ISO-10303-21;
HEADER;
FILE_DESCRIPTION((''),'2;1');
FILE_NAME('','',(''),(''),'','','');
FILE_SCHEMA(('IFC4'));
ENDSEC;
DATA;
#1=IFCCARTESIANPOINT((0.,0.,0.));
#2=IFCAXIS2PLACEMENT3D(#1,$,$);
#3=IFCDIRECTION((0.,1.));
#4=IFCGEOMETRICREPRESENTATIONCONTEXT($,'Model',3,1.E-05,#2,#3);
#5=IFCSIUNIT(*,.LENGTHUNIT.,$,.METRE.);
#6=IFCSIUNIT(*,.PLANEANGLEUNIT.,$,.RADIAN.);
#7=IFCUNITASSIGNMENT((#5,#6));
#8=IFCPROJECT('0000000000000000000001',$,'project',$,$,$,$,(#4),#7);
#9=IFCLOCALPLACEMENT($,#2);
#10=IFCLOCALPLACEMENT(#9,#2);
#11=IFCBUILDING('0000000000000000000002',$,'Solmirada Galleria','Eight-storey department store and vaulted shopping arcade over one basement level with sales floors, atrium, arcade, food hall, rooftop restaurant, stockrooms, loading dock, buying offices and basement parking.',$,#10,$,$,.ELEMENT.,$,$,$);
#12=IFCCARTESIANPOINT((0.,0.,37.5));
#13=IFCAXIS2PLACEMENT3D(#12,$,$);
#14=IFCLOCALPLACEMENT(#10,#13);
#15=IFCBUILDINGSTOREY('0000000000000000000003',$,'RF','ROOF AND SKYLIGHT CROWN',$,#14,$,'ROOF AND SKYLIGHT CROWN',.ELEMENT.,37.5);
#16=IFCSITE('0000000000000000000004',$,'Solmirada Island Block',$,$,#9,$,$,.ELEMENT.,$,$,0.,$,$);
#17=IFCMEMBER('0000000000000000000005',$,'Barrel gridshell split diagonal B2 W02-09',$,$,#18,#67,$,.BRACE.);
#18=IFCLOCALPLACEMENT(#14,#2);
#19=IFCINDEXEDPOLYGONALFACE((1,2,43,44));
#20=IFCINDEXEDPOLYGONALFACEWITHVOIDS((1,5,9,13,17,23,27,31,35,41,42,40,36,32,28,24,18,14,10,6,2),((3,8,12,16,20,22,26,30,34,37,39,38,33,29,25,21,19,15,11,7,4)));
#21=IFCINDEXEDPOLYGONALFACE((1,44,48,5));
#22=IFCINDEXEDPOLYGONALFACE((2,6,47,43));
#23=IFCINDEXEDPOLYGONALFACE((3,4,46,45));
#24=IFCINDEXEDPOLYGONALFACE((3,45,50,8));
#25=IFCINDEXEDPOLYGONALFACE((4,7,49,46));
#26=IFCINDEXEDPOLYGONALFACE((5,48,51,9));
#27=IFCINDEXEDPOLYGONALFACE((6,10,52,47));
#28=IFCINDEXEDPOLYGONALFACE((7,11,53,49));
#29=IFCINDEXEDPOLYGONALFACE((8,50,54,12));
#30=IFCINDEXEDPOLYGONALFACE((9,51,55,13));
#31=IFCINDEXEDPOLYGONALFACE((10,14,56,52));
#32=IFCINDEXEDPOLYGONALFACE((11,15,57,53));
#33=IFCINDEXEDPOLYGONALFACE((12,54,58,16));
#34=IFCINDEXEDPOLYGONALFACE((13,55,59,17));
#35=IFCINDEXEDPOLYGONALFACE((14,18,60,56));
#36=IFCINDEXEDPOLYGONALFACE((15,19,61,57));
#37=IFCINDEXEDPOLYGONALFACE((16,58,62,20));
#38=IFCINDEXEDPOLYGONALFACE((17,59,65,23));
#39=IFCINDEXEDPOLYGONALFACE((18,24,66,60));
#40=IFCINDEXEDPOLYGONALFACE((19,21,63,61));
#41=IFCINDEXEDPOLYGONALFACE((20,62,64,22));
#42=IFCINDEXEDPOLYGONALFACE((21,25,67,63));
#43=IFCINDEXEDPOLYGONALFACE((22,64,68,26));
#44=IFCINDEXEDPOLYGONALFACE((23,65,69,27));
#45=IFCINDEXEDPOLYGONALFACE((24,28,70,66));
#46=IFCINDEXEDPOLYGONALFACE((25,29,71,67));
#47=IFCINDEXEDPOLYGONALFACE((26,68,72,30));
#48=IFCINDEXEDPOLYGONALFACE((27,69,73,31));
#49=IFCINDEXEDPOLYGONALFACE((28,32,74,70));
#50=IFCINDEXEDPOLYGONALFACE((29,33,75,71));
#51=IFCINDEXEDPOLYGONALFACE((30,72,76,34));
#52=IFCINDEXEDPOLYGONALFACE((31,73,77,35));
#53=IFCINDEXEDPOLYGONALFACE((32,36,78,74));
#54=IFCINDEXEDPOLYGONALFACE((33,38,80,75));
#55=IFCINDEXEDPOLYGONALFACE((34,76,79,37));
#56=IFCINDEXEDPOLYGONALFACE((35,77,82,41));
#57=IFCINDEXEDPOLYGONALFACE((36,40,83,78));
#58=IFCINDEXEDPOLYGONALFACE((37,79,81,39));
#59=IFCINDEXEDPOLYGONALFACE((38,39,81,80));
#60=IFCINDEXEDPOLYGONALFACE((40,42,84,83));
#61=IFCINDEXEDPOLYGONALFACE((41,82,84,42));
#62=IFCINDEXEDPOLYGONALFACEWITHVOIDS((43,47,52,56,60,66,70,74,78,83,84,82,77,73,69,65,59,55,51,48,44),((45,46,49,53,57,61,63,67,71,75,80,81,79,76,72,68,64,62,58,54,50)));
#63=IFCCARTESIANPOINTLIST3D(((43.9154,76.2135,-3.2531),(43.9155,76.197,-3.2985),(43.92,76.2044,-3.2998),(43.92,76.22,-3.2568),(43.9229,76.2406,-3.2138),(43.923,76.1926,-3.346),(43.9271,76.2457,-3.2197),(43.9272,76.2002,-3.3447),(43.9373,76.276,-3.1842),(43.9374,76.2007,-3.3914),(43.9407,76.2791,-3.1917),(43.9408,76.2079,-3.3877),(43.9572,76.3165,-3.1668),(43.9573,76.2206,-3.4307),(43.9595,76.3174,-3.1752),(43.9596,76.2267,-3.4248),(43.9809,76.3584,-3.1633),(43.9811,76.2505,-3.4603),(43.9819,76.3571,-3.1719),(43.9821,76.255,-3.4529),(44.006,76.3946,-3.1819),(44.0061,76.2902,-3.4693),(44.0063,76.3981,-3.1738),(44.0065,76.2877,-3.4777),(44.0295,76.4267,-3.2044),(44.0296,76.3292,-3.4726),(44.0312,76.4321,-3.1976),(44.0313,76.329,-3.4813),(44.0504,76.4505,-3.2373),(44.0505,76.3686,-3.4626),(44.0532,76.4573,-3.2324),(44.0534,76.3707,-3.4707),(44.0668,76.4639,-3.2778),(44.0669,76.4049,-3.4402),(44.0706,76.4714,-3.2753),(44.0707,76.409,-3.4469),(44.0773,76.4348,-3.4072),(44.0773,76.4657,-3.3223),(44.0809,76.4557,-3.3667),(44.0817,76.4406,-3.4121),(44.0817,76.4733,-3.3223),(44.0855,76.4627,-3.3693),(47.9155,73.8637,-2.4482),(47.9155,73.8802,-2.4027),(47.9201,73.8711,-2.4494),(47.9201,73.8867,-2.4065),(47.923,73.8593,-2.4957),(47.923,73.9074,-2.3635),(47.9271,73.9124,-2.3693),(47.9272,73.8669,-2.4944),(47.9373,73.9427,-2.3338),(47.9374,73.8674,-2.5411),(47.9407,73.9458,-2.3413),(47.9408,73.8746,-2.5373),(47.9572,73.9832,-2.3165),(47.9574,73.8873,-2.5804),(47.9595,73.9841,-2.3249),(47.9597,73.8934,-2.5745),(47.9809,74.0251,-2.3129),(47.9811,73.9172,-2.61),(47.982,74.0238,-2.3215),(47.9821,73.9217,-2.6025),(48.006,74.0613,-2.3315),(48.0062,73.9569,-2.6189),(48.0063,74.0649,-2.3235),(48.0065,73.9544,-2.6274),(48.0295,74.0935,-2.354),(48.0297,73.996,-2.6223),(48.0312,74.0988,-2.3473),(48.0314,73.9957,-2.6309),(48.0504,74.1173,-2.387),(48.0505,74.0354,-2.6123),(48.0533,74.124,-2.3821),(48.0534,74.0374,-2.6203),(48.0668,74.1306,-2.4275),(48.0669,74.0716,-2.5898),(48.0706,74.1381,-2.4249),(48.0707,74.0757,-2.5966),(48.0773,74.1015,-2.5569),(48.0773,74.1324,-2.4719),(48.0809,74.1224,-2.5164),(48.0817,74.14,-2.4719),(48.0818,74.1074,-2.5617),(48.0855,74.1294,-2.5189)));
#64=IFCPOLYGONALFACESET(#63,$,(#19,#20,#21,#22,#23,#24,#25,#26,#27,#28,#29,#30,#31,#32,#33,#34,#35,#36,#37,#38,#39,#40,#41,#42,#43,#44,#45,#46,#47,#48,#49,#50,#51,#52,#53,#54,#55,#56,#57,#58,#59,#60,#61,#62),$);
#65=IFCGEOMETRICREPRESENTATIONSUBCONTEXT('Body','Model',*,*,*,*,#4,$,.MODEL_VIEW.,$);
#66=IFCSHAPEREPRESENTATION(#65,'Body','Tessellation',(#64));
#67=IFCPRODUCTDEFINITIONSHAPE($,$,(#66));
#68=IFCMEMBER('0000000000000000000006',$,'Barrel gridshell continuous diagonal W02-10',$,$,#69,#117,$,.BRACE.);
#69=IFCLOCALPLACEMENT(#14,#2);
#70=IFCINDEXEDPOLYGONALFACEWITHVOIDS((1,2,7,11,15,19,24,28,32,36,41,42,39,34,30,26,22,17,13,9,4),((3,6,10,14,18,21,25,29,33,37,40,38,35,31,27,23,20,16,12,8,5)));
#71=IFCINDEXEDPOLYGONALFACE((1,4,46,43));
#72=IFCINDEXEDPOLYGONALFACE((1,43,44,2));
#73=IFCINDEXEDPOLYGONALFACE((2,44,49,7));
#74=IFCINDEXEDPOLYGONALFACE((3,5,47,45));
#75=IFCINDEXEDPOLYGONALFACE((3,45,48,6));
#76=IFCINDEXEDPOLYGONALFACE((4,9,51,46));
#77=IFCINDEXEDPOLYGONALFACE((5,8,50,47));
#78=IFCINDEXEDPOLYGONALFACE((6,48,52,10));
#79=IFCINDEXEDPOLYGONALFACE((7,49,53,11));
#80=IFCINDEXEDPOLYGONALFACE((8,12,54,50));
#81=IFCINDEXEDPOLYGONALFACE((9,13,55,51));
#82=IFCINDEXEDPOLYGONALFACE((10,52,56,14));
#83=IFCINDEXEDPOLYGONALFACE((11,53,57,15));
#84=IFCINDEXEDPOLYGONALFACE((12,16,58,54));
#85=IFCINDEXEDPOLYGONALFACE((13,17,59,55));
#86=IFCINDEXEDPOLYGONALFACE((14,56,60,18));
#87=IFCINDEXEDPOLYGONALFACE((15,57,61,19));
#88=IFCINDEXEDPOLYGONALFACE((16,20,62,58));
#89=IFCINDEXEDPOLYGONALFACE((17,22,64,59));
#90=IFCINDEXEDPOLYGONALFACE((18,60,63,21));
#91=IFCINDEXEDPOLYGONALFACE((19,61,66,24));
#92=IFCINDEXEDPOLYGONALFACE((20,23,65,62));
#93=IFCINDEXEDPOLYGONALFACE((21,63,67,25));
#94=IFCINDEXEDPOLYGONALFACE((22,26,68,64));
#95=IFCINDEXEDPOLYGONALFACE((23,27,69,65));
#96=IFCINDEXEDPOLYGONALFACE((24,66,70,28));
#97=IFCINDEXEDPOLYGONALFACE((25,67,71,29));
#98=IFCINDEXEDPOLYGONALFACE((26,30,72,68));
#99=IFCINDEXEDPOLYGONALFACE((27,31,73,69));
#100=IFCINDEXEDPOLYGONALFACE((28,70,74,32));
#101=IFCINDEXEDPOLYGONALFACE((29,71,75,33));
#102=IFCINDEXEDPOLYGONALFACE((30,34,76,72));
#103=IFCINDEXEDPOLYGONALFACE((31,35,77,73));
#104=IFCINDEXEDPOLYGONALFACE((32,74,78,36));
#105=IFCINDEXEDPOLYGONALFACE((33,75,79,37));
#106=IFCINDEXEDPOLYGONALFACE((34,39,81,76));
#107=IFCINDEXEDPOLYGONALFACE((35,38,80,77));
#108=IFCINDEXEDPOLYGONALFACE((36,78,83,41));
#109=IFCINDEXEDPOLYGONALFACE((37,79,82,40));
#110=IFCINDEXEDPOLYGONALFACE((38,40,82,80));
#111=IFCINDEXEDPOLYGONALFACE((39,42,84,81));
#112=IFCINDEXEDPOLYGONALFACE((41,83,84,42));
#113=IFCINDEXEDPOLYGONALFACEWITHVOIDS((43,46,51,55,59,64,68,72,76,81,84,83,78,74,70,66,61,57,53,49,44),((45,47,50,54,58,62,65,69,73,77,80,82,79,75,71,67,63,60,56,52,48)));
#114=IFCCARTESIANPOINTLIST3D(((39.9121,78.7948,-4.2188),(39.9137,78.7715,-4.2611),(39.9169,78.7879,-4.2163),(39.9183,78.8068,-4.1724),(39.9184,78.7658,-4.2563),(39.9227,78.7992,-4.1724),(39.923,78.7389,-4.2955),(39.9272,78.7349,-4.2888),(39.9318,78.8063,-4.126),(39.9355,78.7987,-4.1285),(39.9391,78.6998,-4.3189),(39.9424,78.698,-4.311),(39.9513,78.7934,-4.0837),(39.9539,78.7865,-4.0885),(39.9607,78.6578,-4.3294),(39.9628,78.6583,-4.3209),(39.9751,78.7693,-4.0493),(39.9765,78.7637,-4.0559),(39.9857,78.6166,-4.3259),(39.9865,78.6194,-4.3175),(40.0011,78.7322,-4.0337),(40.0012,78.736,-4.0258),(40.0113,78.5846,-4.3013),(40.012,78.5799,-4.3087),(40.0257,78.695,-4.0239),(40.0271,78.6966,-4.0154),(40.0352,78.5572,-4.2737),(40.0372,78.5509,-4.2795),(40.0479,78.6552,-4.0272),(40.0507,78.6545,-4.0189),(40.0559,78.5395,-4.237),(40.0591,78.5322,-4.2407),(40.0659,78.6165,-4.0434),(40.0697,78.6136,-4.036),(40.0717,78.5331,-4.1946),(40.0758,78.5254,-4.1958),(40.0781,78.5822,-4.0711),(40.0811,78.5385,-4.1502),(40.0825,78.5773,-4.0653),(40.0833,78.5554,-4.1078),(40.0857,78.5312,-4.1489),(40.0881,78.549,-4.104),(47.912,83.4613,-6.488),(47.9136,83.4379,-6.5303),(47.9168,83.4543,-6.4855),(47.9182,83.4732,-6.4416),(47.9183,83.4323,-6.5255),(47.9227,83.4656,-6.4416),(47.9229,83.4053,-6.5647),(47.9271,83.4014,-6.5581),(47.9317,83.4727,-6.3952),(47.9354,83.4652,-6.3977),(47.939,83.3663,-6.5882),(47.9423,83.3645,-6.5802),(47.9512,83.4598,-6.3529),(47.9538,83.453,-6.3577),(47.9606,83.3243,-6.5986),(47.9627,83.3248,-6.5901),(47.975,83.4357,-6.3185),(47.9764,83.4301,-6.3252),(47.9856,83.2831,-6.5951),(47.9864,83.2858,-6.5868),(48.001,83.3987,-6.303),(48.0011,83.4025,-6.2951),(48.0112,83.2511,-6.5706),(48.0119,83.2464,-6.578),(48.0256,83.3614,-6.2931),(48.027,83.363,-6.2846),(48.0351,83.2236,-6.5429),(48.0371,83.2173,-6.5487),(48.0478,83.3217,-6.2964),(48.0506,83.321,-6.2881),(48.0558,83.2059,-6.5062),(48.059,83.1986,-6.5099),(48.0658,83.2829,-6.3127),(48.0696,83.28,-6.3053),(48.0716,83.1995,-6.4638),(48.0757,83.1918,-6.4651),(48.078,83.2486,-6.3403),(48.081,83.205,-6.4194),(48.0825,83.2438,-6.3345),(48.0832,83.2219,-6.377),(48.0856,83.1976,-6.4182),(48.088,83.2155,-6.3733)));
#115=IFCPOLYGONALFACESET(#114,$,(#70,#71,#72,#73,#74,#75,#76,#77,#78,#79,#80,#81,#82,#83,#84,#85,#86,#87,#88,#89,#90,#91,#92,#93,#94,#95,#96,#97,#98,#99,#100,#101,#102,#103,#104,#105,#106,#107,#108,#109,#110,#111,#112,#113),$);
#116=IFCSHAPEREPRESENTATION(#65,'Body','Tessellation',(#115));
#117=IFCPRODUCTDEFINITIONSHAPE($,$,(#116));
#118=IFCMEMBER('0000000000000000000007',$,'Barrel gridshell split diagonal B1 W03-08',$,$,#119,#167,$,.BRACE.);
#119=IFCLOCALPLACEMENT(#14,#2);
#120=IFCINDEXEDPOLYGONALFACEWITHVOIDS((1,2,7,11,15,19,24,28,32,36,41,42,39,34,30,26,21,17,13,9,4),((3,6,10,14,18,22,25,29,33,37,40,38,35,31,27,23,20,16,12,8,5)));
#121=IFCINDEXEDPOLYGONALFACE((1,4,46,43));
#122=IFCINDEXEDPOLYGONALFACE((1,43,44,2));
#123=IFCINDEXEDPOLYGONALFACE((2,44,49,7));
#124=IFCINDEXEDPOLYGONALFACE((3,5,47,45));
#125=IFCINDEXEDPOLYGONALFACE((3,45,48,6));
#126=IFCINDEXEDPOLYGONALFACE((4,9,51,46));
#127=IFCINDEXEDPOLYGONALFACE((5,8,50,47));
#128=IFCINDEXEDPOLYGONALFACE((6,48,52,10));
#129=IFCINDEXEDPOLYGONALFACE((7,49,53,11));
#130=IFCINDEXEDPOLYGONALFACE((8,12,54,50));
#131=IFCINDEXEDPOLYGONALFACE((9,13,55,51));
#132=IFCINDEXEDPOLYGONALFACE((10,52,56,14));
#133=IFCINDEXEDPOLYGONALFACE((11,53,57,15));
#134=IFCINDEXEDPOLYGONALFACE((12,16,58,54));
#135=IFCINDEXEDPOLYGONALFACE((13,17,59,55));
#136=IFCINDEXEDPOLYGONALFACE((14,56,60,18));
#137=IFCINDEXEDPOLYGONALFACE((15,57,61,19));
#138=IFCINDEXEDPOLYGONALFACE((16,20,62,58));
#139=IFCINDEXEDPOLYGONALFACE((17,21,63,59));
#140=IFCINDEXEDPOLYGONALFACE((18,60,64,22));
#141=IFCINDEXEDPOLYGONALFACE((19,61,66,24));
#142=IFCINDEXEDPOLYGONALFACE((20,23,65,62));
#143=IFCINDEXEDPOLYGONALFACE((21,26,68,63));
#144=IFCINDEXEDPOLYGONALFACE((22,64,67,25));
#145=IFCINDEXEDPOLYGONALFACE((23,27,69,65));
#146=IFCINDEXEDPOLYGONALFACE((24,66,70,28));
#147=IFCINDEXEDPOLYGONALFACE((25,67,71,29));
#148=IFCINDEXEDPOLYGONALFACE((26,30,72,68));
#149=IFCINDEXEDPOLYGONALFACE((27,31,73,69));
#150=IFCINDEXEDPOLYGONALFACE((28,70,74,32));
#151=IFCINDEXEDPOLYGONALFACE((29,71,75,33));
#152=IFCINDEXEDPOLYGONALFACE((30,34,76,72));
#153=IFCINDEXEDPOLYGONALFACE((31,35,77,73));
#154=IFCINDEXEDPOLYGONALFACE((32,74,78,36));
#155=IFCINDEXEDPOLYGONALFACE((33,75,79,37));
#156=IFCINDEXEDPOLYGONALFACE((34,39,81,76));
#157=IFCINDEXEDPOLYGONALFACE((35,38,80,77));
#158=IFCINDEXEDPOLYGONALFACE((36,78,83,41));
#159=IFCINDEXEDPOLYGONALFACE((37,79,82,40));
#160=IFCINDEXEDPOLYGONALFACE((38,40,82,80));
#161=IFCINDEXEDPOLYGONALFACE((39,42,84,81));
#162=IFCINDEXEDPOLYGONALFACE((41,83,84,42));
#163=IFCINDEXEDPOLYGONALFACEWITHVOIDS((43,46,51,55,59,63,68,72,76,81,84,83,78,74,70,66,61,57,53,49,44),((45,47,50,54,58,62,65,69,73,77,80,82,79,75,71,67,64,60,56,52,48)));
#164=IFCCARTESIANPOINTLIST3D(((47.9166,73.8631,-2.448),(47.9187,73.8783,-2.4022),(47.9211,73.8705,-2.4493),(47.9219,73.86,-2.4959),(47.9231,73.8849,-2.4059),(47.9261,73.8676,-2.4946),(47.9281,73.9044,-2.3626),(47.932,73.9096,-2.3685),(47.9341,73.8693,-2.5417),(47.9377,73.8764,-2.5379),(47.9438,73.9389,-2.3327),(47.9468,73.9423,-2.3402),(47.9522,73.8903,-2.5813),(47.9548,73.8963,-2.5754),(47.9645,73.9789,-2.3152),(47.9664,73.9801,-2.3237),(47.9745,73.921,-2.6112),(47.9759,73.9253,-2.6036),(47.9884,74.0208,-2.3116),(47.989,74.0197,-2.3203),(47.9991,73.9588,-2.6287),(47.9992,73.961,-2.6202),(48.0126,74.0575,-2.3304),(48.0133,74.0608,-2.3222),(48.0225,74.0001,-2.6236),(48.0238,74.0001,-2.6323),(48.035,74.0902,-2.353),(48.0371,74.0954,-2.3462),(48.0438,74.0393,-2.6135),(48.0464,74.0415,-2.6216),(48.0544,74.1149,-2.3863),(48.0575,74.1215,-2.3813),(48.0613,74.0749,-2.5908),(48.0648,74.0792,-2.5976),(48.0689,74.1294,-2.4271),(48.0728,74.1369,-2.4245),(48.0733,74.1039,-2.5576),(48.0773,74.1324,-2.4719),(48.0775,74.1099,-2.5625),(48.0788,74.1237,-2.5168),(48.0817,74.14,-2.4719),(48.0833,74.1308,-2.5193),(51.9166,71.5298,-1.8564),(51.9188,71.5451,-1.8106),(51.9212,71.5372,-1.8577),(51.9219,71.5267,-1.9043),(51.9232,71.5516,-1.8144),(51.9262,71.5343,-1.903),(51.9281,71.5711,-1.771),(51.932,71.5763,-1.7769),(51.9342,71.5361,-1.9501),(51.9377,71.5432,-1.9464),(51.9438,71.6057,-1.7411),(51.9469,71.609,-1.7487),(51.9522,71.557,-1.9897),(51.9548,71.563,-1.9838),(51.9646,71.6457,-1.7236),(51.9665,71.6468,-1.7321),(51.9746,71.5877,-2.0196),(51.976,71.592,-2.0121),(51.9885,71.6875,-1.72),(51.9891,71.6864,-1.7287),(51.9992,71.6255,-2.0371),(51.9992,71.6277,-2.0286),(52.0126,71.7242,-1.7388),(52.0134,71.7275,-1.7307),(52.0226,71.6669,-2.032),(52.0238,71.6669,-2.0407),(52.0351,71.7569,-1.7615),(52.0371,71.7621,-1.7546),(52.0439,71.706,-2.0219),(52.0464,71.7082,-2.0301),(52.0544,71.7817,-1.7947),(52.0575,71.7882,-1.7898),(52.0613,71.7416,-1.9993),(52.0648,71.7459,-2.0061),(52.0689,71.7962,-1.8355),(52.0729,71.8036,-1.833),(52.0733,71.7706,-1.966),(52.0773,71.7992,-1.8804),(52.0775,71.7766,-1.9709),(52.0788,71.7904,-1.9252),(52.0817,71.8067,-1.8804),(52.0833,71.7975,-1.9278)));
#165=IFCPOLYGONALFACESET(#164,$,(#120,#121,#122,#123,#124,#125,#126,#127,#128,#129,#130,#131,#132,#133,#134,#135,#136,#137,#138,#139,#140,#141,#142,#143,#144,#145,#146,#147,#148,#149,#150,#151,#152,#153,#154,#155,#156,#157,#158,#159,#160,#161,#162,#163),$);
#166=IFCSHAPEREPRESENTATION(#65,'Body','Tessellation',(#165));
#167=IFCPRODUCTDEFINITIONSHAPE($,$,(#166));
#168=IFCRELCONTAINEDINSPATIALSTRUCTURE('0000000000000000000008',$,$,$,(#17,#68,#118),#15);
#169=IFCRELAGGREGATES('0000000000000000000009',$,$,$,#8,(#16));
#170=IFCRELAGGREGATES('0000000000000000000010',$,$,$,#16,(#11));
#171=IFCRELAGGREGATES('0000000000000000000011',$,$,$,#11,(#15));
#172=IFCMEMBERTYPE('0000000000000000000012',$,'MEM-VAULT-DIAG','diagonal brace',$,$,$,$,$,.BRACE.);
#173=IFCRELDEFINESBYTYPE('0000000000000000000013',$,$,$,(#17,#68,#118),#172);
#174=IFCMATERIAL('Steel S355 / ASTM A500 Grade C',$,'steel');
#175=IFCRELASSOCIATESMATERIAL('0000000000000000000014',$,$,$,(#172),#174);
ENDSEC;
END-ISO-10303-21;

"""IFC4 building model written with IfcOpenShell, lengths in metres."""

from ifc_helpers import new_model, si_unit, direction, frame, origin, origin_2d, place, context, subcontext, project, spatial, hollow_circle, extrude, material, material_profile, profile_set, type_object, element, save


model = new_model("IFC4")

# Units and contexts
model_context = context("Model", 3, precision=1e-05, world=origin(), true_north=direction((0.0, 1.0)))
body_context = subcontext(model_context, "Body", "Model", "MODEL_VIEW")
ifc_project = project(units=[si_unit("LENGTHUNIT", "METRE"), si_unit("PLANEANGLEUNIT", "RADIAN")], contexts=[model_context])

# Site, building, storey
site_placement = place(None, origin())
site = spatial("IfcSite", under=ifc_project, at=site_placement, Name="Solmirada Island Block", CompositionType="ELEMENT", RefElevation=0.0)
building_placement = place(site_placement, origin())
building = spatial("IfcBuilding", under=site, at=building_placement, Name="Solmirada Galleria", Description="Eight-storey department store and vaulted shopping arcade over one basement level with sales floors, atrium, arcade, food hall, rooftop restaurant, stockrooms, loading dock, buying offices and basement parking.", CompositionType="ELEMENT")
storey_placement = place(building_placement, frame((0.0, 0.0, 37.5)))
storey = spatial("IfcBuildingStorey", under=building, at=storey_placement, Name="RF", Description="ROOF AND SKYLIGHT CROWN", LongName="ROOF AND SKYLIGHT CROWN", CompositionType="ELEMENT", Elevation=37.5)

# Members
ifc_material_1 = material(Name="Steel S355 / ASTM A500 Grade C", Category="steel")
ifc_material_profile_1 = material_profile(ifc_material_1, hollow_circle(Radius=0.1621, WallThickness=0.0088, at=origin_2d()), Name="HSS12.750X0.375")
ifc_profile_set_1 = profile_set([ifc_material_profile_1], Name="Steel S355 / ASTM A500 Grade C")
member_type_1 = type_object("IfcMemberType", Name="MEM-VAULT-DIAG", Description="diagonal brace", PredefinedType="BRACE", material=ifc_profile_set_1)
for number, where, z_axis, x_axis, name in (
    (1, (44.0, 76.3333, -3.3223), (0.849582, -0.495572, 0.180609), (0.503858, 0.863787, 0.0), "Barrel gridshell split diagonal B2 W02-09"),
):
    element("IfcMember", number, at=place(storey_placement, frame(where, z_axis=z_axis, x_axis=x_axis)), inside=storey, type_object=member_type_1, Name=name, PredefinedType="BRACE", context=body_context, shape_type="SweptSolid", body=[
        extrude(hollow_circle(Radius=0.1621, WallThickness=0.0088, at=origin_2d()), origin(), (0.0, 0.0, 1.0), 4.7083),
    ])
member_1_placement = place(storey_placement, frame((40.0, 78.6667, -4.1724), z_axis=(0.838969, 0.489382, -0.237983), x_axis=(-0.503858, 0.863787, 0.0)))
element("IfcMember", 2, at=member_1_placement, inside=storey, type_object=member_type_1, Name="Barrel gridshell continuous diagonal W02-10", PredefinedType="BRACE", context=body_context, shape_type="SweptSolid", body=[
    extrude(hollow_circle(Radius=0.1621, WallThickness=0.0088, at=origin_2d()), origin(), (0.0, 0.0, 1.0), 9.5354),
])
member_2_placement = place(storey_placement, frame((48.0, 74.0, -2.4719), z_axis=(0.856824, -0.499796, 0.126714), x_axis=(0.503858, 0.863787, 0.0)))
element("IfcMember", 3, at=member_2_placement, inside=storey, type_object=member_type_1, Name="Barrel gridshell split diagonal B1 W03-08", PredefinedType="BRACE", context=body_context, shape_type="SweptSolid", body=[
    extrude(hollow_circle(Radius=0.1621, WallThickness=0.0088, at=origin_2d()), origin(), (0.0, 0.0, 1.0), 4.6685),
])

save(model, "model.ifc")
